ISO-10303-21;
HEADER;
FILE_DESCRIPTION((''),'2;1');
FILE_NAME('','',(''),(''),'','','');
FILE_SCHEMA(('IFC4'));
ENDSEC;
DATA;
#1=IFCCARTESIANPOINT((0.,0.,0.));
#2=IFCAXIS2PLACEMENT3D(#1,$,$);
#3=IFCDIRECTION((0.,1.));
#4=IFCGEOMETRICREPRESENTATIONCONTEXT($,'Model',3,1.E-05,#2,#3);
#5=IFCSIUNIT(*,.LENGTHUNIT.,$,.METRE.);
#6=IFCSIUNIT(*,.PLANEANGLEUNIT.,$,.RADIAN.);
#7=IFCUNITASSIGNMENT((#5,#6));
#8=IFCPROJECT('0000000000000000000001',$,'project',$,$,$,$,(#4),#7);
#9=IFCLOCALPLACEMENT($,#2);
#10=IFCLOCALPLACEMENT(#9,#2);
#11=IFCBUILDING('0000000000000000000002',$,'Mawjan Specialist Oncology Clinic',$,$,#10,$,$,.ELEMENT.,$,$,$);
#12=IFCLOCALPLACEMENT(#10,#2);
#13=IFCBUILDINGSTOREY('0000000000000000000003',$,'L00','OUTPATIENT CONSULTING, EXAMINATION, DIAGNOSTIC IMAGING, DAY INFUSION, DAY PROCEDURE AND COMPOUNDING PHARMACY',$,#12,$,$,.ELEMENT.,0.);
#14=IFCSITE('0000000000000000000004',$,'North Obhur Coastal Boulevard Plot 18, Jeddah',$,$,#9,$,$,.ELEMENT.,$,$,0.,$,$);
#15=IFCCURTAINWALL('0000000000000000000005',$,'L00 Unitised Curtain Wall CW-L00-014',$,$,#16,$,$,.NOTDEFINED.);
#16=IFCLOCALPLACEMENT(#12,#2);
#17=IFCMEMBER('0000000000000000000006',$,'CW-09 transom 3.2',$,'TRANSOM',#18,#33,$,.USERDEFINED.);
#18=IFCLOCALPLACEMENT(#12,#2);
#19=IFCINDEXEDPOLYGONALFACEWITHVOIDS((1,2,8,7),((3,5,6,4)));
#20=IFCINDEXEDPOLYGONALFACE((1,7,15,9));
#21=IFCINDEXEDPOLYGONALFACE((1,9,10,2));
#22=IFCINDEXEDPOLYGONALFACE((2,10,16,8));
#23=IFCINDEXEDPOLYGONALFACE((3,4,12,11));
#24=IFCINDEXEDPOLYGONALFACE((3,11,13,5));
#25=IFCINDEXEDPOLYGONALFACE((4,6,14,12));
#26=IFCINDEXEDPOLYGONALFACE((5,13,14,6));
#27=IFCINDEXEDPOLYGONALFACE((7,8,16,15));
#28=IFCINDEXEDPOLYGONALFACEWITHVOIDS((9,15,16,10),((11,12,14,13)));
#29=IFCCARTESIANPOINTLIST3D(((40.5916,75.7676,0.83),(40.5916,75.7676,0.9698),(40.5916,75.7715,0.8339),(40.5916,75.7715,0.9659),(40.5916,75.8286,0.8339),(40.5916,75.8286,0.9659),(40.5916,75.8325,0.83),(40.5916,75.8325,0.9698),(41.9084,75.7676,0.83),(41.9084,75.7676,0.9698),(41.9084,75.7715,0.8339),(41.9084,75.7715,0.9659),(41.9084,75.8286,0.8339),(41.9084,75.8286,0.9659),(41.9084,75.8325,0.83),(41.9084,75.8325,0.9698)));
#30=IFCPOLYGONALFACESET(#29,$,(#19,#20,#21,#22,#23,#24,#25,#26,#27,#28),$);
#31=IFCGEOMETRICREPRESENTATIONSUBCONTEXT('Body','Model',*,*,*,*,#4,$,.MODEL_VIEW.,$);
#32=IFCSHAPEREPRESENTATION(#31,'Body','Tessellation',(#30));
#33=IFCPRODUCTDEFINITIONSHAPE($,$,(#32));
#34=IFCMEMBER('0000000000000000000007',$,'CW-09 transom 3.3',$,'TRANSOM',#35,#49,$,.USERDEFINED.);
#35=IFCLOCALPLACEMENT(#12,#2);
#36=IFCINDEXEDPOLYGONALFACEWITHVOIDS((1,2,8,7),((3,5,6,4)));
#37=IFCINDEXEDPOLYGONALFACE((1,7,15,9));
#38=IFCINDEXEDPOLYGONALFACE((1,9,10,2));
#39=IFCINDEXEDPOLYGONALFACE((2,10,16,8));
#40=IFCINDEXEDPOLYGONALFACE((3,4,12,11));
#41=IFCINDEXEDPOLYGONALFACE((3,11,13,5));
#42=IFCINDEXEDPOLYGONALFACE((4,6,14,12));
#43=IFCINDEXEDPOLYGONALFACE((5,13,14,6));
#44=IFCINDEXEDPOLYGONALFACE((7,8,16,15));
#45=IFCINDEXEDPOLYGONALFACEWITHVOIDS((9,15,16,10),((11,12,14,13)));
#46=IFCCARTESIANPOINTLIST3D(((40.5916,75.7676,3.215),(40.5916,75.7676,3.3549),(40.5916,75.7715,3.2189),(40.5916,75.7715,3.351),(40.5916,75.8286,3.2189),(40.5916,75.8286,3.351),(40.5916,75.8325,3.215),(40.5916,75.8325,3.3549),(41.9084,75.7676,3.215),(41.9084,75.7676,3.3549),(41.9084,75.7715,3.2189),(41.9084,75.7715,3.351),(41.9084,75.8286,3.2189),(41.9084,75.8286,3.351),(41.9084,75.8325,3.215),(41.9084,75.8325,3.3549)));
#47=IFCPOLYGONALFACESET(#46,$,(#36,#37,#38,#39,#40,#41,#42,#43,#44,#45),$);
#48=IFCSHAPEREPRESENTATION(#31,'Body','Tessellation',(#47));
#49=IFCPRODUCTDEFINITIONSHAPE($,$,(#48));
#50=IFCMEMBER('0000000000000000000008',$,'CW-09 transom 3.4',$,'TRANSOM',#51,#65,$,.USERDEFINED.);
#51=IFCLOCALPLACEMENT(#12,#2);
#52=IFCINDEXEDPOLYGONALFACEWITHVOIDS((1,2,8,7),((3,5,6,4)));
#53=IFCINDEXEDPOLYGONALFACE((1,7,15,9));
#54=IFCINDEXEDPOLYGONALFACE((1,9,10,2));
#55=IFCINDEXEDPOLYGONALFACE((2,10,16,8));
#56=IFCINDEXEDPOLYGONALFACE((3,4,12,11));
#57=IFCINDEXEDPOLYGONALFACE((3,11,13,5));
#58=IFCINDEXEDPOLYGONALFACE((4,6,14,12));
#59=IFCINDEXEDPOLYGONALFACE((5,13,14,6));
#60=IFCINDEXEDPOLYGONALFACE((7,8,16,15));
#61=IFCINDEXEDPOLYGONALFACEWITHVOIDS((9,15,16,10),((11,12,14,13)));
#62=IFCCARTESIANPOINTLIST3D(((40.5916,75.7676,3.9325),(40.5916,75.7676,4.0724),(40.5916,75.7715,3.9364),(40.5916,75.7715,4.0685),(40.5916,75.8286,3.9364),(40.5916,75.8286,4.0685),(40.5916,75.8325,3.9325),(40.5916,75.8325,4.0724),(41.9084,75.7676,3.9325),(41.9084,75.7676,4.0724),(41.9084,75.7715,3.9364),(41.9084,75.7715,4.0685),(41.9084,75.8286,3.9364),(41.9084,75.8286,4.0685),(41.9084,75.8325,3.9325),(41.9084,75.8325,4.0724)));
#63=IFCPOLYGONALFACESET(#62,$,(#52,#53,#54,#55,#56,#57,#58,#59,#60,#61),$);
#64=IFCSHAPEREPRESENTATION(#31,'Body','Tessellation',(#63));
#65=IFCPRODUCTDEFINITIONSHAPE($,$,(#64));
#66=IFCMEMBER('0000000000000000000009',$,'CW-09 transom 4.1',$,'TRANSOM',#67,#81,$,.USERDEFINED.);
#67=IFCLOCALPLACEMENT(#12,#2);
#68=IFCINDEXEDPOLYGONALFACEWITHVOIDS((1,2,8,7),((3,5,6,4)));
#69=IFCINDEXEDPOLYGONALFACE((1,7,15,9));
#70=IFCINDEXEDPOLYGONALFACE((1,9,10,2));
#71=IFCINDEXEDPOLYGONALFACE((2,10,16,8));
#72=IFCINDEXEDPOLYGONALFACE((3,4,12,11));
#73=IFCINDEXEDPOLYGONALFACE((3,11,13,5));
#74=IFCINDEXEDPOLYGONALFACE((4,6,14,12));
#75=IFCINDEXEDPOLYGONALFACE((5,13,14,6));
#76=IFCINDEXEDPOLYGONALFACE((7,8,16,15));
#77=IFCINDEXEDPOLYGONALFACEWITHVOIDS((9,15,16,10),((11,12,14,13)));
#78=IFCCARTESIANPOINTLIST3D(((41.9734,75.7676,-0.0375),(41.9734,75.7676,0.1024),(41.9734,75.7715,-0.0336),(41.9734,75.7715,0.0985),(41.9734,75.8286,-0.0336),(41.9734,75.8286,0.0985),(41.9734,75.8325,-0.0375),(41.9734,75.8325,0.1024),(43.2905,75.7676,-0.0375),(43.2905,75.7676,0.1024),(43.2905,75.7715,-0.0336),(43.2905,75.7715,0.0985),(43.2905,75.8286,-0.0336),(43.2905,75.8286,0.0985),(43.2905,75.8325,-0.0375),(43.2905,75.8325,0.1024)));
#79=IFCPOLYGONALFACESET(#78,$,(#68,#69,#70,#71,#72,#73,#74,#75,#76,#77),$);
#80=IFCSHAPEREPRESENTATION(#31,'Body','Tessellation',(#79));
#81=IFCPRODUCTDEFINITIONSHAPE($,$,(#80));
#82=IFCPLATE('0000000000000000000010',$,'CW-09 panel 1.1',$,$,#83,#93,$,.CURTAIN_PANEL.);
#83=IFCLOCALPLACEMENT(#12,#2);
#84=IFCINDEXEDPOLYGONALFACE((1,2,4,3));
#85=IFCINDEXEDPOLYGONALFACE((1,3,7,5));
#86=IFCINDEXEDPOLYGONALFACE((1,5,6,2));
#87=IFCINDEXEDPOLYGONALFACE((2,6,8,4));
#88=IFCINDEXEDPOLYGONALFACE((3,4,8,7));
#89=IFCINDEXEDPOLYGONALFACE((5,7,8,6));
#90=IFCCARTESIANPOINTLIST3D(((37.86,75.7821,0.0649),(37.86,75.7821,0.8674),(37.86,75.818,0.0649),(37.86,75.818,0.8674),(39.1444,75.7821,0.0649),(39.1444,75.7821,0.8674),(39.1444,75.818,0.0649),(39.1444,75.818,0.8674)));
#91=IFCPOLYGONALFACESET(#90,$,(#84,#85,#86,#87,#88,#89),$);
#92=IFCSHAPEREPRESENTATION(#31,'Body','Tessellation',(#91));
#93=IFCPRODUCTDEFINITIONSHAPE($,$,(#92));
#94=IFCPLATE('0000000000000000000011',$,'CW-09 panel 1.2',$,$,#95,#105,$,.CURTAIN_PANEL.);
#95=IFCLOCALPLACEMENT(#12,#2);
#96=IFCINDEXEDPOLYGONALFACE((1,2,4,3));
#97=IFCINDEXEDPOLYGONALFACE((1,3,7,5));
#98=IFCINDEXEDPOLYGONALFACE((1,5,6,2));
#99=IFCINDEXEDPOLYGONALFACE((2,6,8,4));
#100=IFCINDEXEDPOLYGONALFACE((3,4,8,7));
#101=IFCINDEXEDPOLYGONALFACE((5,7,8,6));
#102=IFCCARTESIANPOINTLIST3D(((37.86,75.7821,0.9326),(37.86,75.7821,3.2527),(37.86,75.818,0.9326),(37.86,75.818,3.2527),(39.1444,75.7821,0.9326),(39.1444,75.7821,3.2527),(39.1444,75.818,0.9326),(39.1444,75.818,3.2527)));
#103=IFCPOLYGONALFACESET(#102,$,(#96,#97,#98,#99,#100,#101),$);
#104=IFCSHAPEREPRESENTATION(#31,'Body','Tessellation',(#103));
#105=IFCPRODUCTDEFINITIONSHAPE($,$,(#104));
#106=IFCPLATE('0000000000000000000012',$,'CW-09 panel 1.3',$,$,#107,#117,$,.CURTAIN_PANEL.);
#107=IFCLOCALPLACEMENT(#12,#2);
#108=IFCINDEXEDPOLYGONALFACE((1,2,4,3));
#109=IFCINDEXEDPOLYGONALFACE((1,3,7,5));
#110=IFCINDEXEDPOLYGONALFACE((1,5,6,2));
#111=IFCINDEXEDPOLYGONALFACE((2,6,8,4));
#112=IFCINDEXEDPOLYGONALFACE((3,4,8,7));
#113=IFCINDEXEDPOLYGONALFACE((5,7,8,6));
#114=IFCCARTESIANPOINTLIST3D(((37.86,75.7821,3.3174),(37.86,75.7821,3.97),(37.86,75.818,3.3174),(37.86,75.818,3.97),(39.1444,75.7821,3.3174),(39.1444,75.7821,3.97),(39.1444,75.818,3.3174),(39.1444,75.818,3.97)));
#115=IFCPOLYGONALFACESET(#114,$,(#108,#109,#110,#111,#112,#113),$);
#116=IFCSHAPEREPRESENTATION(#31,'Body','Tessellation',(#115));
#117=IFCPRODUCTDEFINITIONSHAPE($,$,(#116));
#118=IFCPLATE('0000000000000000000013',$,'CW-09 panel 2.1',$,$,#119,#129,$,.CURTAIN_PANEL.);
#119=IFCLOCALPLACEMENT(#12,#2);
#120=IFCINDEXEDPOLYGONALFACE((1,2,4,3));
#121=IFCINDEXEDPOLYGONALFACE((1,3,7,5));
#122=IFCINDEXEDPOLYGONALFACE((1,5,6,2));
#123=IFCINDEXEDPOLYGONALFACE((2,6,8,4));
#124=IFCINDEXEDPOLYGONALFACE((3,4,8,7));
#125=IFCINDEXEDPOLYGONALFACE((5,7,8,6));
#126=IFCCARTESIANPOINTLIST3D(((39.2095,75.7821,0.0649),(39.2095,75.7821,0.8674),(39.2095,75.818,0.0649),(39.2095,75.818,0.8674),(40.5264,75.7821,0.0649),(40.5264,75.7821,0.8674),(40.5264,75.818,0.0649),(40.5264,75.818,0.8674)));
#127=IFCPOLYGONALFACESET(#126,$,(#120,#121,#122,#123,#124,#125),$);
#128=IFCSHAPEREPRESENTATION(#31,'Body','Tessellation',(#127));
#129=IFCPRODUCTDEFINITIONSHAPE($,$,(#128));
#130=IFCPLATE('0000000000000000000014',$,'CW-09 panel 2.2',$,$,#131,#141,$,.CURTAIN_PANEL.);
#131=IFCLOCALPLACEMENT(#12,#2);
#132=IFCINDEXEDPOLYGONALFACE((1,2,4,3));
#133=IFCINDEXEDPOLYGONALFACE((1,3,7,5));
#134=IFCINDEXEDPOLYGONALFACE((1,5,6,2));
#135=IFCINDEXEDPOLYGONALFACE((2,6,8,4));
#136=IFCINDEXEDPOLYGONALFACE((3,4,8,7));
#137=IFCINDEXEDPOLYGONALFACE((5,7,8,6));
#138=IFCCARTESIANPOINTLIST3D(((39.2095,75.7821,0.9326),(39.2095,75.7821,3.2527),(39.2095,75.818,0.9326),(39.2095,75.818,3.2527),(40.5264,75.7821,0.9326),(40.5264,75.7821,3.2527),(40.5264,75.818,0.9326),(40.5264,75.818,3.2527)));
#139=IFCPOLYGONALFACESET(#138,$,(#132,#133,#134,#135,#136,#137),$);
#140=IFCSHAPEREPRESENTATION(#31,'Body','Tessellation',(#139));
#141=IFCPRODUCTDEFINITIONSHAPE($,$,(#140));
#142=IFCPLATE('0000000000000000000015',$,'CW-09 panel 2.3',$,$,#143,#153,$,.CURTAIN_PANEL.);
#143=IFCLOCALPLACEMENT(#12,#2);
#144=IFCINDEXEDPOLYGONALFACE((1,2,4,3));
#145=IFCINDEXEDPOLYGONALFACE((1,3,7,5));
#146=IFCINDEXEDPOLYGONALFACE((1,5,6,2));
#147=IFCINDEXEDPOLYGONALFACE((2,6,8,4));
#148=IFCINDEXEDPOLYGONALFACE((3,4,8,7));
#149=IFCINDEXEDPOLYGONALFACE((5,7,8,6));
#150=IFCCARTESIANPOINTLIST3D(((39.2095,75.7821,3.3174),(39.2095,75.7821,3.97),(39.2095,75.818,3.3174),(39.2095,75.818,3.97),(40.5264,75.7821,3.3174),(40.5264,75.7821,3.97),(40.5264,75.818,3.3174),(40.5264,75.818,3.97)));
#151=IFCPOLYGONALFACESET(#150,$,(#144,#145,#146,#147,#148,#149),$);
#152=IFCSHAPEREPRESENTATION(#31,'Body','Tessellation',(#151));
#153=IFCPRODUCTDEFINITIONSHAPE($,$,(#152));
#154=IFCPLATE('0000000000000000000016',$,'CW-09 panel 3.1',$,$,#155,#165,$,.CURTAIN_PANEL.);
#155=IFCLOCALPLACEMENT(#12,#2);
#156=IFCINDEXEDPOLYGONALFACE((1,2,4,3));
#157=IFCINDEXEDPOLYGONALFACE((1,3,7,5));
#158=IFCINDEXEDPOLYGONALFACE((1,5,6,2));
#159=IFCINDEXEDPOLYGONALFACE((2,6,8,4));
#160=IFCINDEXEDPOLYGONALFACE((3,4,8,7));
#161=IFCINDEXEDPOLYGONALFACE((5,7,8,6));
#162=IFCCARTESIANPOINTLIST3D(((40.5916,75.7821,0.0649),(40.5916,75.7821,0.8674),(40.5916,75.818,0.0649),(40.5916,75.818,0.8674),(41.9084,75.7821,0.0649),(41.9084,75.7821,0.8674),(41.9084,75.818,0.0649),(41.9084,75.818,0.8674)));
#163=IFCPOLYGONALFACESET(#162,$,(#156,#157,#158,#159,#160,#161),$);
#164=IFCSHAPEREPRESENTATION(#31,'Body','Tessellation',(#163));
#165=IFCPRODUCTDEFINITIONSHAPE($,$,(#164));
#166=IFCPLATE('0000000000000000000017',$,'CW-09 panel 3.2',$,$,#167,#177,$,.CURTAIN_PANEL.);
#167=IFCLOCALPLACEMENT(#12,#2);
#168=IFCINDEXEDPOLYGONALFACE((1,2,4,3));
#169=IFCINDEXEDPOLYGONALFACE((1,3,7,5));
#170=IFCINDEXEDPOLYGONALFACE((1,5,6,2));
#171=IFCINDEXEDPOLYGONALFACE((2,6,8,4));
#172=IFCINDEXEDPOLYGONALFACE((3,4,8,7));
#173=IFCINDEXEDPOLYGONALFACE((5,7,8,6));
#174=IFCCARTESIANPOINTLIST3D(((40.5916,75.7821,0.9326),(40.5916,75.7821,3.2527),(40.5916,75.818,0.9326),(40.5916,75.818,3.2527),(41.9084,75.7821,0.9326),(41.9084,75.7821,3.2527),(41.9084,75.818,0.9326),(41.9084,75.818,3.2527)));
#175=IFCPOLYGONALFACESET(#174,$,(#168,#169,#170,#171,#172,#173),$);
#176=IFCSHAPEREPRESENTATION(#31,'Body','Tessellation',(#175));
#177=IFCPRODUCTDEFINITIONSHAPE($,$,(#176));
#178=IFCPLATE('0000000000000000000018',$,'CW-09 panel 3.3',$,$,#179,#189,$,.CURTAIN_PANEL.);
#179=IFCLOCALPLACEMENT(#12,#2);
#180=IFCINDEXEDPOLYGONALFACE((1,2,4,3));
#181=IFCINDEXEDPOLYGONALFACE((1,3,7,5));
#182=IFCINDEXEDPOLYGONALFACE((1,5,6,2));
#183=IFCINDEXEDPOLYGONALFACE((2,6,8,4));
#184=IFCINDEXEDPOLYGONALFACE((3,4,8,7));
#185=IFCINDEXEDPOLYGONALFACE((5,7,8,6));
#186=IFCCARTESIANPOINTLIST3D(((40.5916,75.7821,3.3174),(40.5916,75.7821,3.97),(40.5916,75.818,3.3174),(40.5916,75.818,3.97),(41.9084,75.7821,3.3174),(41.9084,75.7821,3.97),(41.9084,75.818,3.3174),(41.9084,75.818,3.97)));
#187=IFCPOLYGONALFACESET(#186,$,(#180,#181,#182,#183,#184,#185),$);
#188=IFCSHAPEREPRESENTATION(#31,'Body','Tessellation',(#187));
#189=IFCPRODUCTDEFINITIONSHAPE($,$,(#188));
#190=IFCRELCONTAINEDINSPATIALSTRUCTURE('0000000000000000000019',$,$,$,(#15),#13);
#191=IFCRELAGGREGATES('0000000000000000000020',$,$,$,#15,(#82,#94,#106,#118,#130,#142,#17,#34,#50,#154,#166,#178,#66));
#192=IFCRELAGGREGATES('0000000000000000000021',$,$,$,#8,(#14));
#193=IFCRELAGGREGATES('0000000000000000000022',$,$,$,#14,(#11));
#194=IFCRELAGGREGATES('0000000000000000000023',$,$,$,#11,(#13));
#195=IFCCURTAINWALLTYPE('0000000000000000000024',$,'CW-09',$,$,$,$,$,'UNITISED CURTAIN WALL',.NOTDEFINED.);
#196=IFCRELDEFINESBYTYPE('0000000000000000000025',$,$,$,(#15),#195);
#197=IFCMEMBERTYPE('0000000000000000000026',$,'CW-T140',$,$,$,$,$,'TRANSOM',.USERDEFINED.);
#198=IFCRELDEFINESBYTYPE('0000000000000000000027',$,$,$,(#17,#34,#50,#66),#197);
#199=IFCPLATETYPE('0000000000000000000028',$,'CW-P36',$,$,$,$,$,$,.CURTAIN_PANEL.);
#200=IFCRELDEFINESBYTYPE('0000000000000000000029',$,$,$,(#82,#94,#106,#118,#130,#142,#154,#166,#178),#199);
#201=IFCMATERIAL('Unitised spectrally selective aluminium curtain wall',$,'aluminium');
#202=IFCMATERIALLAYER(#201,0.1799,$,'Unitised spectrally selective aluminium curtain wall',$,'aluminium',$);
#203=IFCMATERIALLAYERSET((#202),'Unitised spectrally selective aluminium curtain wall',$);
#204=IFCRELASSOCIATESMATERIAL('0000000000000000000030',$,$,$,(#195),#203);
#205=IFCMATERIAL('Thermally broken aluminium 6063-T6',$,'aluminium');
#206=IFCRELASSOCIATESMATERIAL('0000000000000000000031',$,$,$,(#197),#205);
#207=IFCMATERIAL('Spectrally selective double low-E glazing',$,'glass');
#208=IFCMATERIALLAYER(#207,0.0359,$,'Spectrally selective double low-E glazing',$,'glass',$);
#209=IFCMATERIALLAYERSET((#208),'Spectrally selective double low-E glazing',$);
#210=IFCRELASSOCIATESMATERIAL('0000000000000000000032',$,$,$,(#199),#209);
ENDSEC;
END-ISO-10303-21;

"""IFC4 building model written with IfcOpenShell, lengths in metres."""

from ifc_helpers import new_model, si_unit, direction, frame, origin, origin_2d, place, context, subcontext, project, spatial, rectangle, hollow_rectangle, extrude, material, layer, layer_set, material_profile, profile_set, type_object, element, aggregate, save


model = new_model("IFC4")

# Units and contexts
model_context = context("Model", 3, precision=1e-05, world=origin(), true_north=direction((0.0, 1.0)))
body_context = subcontext(model_context, "Body", "Model", "MODEL_VIEW")
ifc_project = project(units=[si_unit("LENGTHUNIT", "METRE"), si_unit("PLANEANGLEUNIT", "RADIAN")], contexts=[model_context])

# Site, building, storey
site_placement = place(None, origin())
site = spatial("IfcSite", under=ifc_project, at=site_placement, Name="North Obhur Coastal Boulevard Plot 18, Jeddah", CompositionType="ELEMENT", RefElevation=0.0)
building_placement = place(site_placement, origin())
building = spatial("IfcBuilding", under=site, at=building_placement, Name="Mawjan Specialist Oncology Clinic", CompositionType="ELEMENT")
storey_placement = place(building_placement, origin())
storey = spatial("IfcBuildingStorey", under=building, at=storey_placement, Name="L00", Description="OUTPATIENT CONSULTING, EXAMINATION, DIAGNOSTIC IMAGING, DAY INFUSION, DAY PROCEDURE AND COMPOUNDING PHARMACY", CompositionType="ELEMENT", Elevation=0.0)

# Curtain wall, members, plates
ifc_material_1 = material(Name="Unitised spectrally selective aluminium curtain wall", Category="aluminium")
ifc_layer_1 = layer(ifc_material_1, 0.1799, Name="Unitised spectrally selective aluminium curtain wall", Category="aluminium")
ifc_layer_set_1 = layer_set([ifc_layer_1], Name="Unitised spectrally selective aluminium curtain wall")
curtain_wall_type = type_object("IfcCurtainWallType", Name="CW-09", ElementType="UNITISED CURTAIN WALL", PredefinedType="NOTDEFINED", material=ifc_layer_set_1)
curtain_wall_placement = place(storey_placement, origin())
curtain_wall = element("IfcCurtainWall", 1, at=curtain_wall_placement, inside=storey, type_object=curtain_wall_type, Name="L00 Unitised Curtain Wall CW-L00-014", PredefinedType="NOTDEFINED")
ifc_material_2 = material(Name="Thermally broken aluminium 6063-T6", Category="aluminium")
ifc_material_profile_1 = material_profile(ifc_material_2, hollow_rectangle(XDim=0.0649, YDim=0.1399, WallThickness=0.0039, at=origin_2d()), Name="ALU TRANSOM 140x65x4", Category="aluminium")
ifc_profile_set_1 = profile_set([ifc_material_profile_1], Name="Thermally broken aluminium 6063-T6")
member_type_1 = type_object("IfcMemberType", Name="CW-T140", ElementType="TRANSOM", PredefinedType="USERDEFINED", material=ifc_profile_set_1)
member_1_placement = place(storey_placement, frame((40.5916, 75.8, 0.8999), z_axis=(1.0, 0.0, 0.0), x_axis=(0.0, 1.0, 0.0)))
member_1 = element("IfcMember", 2, at=member_1_placement, type_object=member_type_1, Name="CW-09 transom 3.2", ObjectType="TRANSOM", PredefinedType="USERDEFINED", context=body_context, shape_type="SweptSolid", body=[
    extrude(hollow_rectangle(XDim=0.0649, YDim=0.1399, WallThickness=0.0039, at=origin_2d()), origin(), (0.0, 0.0, 1.0), 1.3169),
])
member_2_placement = place(storey_placement, frame((40.5916, 75.8, 3.2849), z_axis=(1.0, 0.0, 0.0), x_axis=(0.0, 1.0, 0.0)))
member_2 = element("IfcMember", 3, at=member_2_placement, type_object=member_type_1, Name="CW-09 transom 3.3", ObjectType="TRANSOM", PredefinedType="USERDEFINED", context=body_context, shape_type="SweptSolid", body=[
    extrude(hollow_rectangle(XDim=0.0649, YDim=0.1399, WallThickness=0.0039, at=origin_2d()), origin(), (0.0, 0.0, 1.0), 1.3169),
])
member_3_placement = place(storey_placement, frame((40.5916, 75.8, 4.0024), z_axis=(1.0, 0.0, 0.0), x_axis=(0.0, 1.0, 0.0)))
member_3 = element("IfcMember", 4, at=member_3_placement, type_object=member_type_1, Name="CW-09 transom 3.4", ObjectType="TRANSOM", PredefinedType="USERDEFINED", context=body_context, shape_type="SweptSolid", body=[
    extrude(hollow_rectangle(XDim=0.0649, YDim=0.1399, WallThickness=0.0039, at=origin_2d()), origin(), (0.0, 0.0, 1.0), 1.3169),
])
member_4_placement = place(storey_placement, frame((41.9734, 75.8, 0.0325), z_axis=(1.0, 0.0, 0.0), x_axis=(0.0, 1.0, 0.0)))
member_4 = element("IfcMember", 5, at=member_4_placement, type_object=member_type_1, Name="CW-09 transom 4.1", ObjectType="TRANSOM", PredefinedType="USERDEFINED", context=body_context, shape_type="SweptSolid", body=[
    extrude(hollow_rectangle(XDim=0.0649, YDim=0.1399, WallThickness=0.0039, at=origin_2d()), origin(), (0.0, 0.0, 1.0), 1.3171),
])
ifc_material_3 = material(Name="Spectrally selective double low-E glazing", Category="glass")
ifc_layer_2 = layer(ifc_material_3, 0.0359, Name="Spectrally selective double low-E glazing", Category="glass")
ifc_layer_set_2 = layer_set([ifc_layer_2], Name="Spectrally selective double low-E glazing")
plate_type = type_object("IfcPlateType", Name="CW-P36", PredefinedType="CURTAIN_PANEL", material=ifc_layer_set_2)
plate_1_placement = place(storey_placement, frame((38.5022, 75.8, 0.0649), z_axis=(0.0, 0.0, 1.0), x_axis=(1.0, 0.0, 0.0)))
plate_1 = element("IfcPlate", 6, at=plate_1_placement, type_object=plate_type, Name="CW-09 panel 1.1", PredefinedType="CURTAIN_PANEL", context=body_context, shape_type="SweptSolid", body=[
    extrude(rectangle(XDim=1.2844, YDim=0.0359, at=origin_2d()), origin(), (0.0, 0.0, 1.0), 0.8025),
])
plate_2_placement = place(storey_placement, frame((38.5022, 75.8, 0.9326), z_axis=(0.0, 0.0, 1.0), x_axis=(1.0, 0.0, 0.0)))
plate_2 = element("IfcPlate", 7, at=plate_2_placement, type_object=plate_type, Name="CW-09 panel 1.2", PredefinedType="CURTAIN_PANEL", context=body_context, shape_type="SweptSolid", body=[
    extrude(rectangle(XDim=1.2844, YDim=0.0359, at=origin_2d()), origin(), (0.0, 0.0, 1.0), 2.3201),
])
plate_3_placement = place(storey_placement, frame((38.5022, 75.8, 3.3174), z_axis=(0.0, 0.0, 1.0), x_axis=(1.0, 0.0, 0.0)))
plate_3 = element("IfcPlate", 8, at=plate_3_placement, type_object=plate_type, Name="CW-09 panel 1.3", PredefinedType="CURTAIN_PANEL", context=body_context, shape_type="SweptSolid", body=[
    extrude(rectangle(XDim=1.2844, YDim=0.0359, at=origin_2d()), origin(), (0.0, 0.0, 1.0), 0.6526),
])
plate_4_placement = place(storey_placement, frame((39.8679, 75.8, 0.0649), z_axis=(0.0, 0.0, 1.0), x_axis=(1.0, 0.0, 0.0)))
plate_4 = element("IfcPlate", 9, at=plate_4_placement, type_object=plate_type, Name="CW-09 panel 2.1", PredefinedType="CURTAIN_PANEL", context=body_context, shape_type="SweptSolid", body=[
    extrude(rectangle(XDim=1.3169, YDim=0.0359, at=origin_2d()), origin(), (0.0, 0.0, 1.0), 0.8025),
])
plate_5_placement = place(storey_placement, frame((39.8679, 75.8, 0.9326), z_axis=(0.0, 0.0, 1.0), x_axis=(1.0, 0.0, 0.0)))
plate_5 = element("IfcPlate", 10, at=plate_5_placement, type_object=plate_type, Name="CW-09 panel 2.2", PredefinedType="CURTAIN_PANEL", context=body_context, shape_type="SweptSolid", body=[
    extrude(rectangle(XDim=1.3169, YDim=0.0359, at=origin_2d()), origin(), (0.0, 0.0, 1.0), 2.3201),
])
plate_6_placement = place(storey_placement, frame((39.8679, 75.8, 3.3174), z_axis=(0.0, 0.0, 1.0), x_axis=(1.0, 0.0, 0.0)))
plate_6 = element("IfcPlate", 11, at=plate_6_placement, type_object=plate_type, Name="CW-09 panel 2.3", PredefinedType="CURTAIN_PANEL", context=body_context, shape_type="SweptSolid", body=[
    extrude(rectangle(XDim=1.3169, YDim=0.0359, at=origin_2d()), origin(), (0.0, 0.0, 1.0), 0.6526),
])
plate_7_placement = place(storey_placement, frame((41.25, 75.8, 0.0649), z_axis=(0.0, 0.0, 1.0), x_axis=(1.0, 0.0, 0.0)))
plate_7 = element("IfcPlate", 12, at=plate_7_placement, type_object=plate_type, Name="CW-09 panel 3.1", PredefinedType="CURTAIN_PANEL", context=body_context, shape_type="SweptSolid", body=[
    extrude(rectangle(XDim=1.3169, YDim=0.0359, at=origin_2d()), origin(), (0.0, 0.0, 1.0), 0.8025),
])
plate_8_placement = place(storey_placement, frame((41.25, 75.8, 0.9326), z_axis=(0.0, 0.0, 1.0), x_axis=(1.0, 0.0, 0.0)))
plate_8 = element("IfcPlate", 13, at=plate_8_placement, type_object=plate_type, Name="CW-09 panel 3.2", PredefinedType="CURTAIN_PANEL", context=body_context, shape_type="SweptSolid", body=[
    extrude(rectangle(XDim=1.3169, YDim=0.0359, at=origin_2d()), origin(), (0.0, 0.0, 1.0), 2.3201),
])
plate_9_placement = place(storey_placement, frame((41.25, 75.8, 3.3174), z_axis=(0.0, 0.0, 1.0), x_axis=(1.0, 0.0, 0.0)))
plate_9 = element("IfcPlate", 14, at=plate_9_placement, type_object=plate_type, Name="CW-09 panel 3.3", PredefinedType="CURTAIN_PANEL", context=body_context, shape_type="SweptSolid", body=[
    extrude(rectangle(XDim=1.3169, YDim=0.0359, at=origin_2d()), origin(), (0.0, 0.0, 1.0), 0.6526),
])
aggregate(curtain_wall, [plate_1, plate_2, plate_3, plate_4, plate_5, plate_6, member_1, member_2, member_3, plate_7, plate_8, plate_9, member_4])

save(model, "model.ifc")
